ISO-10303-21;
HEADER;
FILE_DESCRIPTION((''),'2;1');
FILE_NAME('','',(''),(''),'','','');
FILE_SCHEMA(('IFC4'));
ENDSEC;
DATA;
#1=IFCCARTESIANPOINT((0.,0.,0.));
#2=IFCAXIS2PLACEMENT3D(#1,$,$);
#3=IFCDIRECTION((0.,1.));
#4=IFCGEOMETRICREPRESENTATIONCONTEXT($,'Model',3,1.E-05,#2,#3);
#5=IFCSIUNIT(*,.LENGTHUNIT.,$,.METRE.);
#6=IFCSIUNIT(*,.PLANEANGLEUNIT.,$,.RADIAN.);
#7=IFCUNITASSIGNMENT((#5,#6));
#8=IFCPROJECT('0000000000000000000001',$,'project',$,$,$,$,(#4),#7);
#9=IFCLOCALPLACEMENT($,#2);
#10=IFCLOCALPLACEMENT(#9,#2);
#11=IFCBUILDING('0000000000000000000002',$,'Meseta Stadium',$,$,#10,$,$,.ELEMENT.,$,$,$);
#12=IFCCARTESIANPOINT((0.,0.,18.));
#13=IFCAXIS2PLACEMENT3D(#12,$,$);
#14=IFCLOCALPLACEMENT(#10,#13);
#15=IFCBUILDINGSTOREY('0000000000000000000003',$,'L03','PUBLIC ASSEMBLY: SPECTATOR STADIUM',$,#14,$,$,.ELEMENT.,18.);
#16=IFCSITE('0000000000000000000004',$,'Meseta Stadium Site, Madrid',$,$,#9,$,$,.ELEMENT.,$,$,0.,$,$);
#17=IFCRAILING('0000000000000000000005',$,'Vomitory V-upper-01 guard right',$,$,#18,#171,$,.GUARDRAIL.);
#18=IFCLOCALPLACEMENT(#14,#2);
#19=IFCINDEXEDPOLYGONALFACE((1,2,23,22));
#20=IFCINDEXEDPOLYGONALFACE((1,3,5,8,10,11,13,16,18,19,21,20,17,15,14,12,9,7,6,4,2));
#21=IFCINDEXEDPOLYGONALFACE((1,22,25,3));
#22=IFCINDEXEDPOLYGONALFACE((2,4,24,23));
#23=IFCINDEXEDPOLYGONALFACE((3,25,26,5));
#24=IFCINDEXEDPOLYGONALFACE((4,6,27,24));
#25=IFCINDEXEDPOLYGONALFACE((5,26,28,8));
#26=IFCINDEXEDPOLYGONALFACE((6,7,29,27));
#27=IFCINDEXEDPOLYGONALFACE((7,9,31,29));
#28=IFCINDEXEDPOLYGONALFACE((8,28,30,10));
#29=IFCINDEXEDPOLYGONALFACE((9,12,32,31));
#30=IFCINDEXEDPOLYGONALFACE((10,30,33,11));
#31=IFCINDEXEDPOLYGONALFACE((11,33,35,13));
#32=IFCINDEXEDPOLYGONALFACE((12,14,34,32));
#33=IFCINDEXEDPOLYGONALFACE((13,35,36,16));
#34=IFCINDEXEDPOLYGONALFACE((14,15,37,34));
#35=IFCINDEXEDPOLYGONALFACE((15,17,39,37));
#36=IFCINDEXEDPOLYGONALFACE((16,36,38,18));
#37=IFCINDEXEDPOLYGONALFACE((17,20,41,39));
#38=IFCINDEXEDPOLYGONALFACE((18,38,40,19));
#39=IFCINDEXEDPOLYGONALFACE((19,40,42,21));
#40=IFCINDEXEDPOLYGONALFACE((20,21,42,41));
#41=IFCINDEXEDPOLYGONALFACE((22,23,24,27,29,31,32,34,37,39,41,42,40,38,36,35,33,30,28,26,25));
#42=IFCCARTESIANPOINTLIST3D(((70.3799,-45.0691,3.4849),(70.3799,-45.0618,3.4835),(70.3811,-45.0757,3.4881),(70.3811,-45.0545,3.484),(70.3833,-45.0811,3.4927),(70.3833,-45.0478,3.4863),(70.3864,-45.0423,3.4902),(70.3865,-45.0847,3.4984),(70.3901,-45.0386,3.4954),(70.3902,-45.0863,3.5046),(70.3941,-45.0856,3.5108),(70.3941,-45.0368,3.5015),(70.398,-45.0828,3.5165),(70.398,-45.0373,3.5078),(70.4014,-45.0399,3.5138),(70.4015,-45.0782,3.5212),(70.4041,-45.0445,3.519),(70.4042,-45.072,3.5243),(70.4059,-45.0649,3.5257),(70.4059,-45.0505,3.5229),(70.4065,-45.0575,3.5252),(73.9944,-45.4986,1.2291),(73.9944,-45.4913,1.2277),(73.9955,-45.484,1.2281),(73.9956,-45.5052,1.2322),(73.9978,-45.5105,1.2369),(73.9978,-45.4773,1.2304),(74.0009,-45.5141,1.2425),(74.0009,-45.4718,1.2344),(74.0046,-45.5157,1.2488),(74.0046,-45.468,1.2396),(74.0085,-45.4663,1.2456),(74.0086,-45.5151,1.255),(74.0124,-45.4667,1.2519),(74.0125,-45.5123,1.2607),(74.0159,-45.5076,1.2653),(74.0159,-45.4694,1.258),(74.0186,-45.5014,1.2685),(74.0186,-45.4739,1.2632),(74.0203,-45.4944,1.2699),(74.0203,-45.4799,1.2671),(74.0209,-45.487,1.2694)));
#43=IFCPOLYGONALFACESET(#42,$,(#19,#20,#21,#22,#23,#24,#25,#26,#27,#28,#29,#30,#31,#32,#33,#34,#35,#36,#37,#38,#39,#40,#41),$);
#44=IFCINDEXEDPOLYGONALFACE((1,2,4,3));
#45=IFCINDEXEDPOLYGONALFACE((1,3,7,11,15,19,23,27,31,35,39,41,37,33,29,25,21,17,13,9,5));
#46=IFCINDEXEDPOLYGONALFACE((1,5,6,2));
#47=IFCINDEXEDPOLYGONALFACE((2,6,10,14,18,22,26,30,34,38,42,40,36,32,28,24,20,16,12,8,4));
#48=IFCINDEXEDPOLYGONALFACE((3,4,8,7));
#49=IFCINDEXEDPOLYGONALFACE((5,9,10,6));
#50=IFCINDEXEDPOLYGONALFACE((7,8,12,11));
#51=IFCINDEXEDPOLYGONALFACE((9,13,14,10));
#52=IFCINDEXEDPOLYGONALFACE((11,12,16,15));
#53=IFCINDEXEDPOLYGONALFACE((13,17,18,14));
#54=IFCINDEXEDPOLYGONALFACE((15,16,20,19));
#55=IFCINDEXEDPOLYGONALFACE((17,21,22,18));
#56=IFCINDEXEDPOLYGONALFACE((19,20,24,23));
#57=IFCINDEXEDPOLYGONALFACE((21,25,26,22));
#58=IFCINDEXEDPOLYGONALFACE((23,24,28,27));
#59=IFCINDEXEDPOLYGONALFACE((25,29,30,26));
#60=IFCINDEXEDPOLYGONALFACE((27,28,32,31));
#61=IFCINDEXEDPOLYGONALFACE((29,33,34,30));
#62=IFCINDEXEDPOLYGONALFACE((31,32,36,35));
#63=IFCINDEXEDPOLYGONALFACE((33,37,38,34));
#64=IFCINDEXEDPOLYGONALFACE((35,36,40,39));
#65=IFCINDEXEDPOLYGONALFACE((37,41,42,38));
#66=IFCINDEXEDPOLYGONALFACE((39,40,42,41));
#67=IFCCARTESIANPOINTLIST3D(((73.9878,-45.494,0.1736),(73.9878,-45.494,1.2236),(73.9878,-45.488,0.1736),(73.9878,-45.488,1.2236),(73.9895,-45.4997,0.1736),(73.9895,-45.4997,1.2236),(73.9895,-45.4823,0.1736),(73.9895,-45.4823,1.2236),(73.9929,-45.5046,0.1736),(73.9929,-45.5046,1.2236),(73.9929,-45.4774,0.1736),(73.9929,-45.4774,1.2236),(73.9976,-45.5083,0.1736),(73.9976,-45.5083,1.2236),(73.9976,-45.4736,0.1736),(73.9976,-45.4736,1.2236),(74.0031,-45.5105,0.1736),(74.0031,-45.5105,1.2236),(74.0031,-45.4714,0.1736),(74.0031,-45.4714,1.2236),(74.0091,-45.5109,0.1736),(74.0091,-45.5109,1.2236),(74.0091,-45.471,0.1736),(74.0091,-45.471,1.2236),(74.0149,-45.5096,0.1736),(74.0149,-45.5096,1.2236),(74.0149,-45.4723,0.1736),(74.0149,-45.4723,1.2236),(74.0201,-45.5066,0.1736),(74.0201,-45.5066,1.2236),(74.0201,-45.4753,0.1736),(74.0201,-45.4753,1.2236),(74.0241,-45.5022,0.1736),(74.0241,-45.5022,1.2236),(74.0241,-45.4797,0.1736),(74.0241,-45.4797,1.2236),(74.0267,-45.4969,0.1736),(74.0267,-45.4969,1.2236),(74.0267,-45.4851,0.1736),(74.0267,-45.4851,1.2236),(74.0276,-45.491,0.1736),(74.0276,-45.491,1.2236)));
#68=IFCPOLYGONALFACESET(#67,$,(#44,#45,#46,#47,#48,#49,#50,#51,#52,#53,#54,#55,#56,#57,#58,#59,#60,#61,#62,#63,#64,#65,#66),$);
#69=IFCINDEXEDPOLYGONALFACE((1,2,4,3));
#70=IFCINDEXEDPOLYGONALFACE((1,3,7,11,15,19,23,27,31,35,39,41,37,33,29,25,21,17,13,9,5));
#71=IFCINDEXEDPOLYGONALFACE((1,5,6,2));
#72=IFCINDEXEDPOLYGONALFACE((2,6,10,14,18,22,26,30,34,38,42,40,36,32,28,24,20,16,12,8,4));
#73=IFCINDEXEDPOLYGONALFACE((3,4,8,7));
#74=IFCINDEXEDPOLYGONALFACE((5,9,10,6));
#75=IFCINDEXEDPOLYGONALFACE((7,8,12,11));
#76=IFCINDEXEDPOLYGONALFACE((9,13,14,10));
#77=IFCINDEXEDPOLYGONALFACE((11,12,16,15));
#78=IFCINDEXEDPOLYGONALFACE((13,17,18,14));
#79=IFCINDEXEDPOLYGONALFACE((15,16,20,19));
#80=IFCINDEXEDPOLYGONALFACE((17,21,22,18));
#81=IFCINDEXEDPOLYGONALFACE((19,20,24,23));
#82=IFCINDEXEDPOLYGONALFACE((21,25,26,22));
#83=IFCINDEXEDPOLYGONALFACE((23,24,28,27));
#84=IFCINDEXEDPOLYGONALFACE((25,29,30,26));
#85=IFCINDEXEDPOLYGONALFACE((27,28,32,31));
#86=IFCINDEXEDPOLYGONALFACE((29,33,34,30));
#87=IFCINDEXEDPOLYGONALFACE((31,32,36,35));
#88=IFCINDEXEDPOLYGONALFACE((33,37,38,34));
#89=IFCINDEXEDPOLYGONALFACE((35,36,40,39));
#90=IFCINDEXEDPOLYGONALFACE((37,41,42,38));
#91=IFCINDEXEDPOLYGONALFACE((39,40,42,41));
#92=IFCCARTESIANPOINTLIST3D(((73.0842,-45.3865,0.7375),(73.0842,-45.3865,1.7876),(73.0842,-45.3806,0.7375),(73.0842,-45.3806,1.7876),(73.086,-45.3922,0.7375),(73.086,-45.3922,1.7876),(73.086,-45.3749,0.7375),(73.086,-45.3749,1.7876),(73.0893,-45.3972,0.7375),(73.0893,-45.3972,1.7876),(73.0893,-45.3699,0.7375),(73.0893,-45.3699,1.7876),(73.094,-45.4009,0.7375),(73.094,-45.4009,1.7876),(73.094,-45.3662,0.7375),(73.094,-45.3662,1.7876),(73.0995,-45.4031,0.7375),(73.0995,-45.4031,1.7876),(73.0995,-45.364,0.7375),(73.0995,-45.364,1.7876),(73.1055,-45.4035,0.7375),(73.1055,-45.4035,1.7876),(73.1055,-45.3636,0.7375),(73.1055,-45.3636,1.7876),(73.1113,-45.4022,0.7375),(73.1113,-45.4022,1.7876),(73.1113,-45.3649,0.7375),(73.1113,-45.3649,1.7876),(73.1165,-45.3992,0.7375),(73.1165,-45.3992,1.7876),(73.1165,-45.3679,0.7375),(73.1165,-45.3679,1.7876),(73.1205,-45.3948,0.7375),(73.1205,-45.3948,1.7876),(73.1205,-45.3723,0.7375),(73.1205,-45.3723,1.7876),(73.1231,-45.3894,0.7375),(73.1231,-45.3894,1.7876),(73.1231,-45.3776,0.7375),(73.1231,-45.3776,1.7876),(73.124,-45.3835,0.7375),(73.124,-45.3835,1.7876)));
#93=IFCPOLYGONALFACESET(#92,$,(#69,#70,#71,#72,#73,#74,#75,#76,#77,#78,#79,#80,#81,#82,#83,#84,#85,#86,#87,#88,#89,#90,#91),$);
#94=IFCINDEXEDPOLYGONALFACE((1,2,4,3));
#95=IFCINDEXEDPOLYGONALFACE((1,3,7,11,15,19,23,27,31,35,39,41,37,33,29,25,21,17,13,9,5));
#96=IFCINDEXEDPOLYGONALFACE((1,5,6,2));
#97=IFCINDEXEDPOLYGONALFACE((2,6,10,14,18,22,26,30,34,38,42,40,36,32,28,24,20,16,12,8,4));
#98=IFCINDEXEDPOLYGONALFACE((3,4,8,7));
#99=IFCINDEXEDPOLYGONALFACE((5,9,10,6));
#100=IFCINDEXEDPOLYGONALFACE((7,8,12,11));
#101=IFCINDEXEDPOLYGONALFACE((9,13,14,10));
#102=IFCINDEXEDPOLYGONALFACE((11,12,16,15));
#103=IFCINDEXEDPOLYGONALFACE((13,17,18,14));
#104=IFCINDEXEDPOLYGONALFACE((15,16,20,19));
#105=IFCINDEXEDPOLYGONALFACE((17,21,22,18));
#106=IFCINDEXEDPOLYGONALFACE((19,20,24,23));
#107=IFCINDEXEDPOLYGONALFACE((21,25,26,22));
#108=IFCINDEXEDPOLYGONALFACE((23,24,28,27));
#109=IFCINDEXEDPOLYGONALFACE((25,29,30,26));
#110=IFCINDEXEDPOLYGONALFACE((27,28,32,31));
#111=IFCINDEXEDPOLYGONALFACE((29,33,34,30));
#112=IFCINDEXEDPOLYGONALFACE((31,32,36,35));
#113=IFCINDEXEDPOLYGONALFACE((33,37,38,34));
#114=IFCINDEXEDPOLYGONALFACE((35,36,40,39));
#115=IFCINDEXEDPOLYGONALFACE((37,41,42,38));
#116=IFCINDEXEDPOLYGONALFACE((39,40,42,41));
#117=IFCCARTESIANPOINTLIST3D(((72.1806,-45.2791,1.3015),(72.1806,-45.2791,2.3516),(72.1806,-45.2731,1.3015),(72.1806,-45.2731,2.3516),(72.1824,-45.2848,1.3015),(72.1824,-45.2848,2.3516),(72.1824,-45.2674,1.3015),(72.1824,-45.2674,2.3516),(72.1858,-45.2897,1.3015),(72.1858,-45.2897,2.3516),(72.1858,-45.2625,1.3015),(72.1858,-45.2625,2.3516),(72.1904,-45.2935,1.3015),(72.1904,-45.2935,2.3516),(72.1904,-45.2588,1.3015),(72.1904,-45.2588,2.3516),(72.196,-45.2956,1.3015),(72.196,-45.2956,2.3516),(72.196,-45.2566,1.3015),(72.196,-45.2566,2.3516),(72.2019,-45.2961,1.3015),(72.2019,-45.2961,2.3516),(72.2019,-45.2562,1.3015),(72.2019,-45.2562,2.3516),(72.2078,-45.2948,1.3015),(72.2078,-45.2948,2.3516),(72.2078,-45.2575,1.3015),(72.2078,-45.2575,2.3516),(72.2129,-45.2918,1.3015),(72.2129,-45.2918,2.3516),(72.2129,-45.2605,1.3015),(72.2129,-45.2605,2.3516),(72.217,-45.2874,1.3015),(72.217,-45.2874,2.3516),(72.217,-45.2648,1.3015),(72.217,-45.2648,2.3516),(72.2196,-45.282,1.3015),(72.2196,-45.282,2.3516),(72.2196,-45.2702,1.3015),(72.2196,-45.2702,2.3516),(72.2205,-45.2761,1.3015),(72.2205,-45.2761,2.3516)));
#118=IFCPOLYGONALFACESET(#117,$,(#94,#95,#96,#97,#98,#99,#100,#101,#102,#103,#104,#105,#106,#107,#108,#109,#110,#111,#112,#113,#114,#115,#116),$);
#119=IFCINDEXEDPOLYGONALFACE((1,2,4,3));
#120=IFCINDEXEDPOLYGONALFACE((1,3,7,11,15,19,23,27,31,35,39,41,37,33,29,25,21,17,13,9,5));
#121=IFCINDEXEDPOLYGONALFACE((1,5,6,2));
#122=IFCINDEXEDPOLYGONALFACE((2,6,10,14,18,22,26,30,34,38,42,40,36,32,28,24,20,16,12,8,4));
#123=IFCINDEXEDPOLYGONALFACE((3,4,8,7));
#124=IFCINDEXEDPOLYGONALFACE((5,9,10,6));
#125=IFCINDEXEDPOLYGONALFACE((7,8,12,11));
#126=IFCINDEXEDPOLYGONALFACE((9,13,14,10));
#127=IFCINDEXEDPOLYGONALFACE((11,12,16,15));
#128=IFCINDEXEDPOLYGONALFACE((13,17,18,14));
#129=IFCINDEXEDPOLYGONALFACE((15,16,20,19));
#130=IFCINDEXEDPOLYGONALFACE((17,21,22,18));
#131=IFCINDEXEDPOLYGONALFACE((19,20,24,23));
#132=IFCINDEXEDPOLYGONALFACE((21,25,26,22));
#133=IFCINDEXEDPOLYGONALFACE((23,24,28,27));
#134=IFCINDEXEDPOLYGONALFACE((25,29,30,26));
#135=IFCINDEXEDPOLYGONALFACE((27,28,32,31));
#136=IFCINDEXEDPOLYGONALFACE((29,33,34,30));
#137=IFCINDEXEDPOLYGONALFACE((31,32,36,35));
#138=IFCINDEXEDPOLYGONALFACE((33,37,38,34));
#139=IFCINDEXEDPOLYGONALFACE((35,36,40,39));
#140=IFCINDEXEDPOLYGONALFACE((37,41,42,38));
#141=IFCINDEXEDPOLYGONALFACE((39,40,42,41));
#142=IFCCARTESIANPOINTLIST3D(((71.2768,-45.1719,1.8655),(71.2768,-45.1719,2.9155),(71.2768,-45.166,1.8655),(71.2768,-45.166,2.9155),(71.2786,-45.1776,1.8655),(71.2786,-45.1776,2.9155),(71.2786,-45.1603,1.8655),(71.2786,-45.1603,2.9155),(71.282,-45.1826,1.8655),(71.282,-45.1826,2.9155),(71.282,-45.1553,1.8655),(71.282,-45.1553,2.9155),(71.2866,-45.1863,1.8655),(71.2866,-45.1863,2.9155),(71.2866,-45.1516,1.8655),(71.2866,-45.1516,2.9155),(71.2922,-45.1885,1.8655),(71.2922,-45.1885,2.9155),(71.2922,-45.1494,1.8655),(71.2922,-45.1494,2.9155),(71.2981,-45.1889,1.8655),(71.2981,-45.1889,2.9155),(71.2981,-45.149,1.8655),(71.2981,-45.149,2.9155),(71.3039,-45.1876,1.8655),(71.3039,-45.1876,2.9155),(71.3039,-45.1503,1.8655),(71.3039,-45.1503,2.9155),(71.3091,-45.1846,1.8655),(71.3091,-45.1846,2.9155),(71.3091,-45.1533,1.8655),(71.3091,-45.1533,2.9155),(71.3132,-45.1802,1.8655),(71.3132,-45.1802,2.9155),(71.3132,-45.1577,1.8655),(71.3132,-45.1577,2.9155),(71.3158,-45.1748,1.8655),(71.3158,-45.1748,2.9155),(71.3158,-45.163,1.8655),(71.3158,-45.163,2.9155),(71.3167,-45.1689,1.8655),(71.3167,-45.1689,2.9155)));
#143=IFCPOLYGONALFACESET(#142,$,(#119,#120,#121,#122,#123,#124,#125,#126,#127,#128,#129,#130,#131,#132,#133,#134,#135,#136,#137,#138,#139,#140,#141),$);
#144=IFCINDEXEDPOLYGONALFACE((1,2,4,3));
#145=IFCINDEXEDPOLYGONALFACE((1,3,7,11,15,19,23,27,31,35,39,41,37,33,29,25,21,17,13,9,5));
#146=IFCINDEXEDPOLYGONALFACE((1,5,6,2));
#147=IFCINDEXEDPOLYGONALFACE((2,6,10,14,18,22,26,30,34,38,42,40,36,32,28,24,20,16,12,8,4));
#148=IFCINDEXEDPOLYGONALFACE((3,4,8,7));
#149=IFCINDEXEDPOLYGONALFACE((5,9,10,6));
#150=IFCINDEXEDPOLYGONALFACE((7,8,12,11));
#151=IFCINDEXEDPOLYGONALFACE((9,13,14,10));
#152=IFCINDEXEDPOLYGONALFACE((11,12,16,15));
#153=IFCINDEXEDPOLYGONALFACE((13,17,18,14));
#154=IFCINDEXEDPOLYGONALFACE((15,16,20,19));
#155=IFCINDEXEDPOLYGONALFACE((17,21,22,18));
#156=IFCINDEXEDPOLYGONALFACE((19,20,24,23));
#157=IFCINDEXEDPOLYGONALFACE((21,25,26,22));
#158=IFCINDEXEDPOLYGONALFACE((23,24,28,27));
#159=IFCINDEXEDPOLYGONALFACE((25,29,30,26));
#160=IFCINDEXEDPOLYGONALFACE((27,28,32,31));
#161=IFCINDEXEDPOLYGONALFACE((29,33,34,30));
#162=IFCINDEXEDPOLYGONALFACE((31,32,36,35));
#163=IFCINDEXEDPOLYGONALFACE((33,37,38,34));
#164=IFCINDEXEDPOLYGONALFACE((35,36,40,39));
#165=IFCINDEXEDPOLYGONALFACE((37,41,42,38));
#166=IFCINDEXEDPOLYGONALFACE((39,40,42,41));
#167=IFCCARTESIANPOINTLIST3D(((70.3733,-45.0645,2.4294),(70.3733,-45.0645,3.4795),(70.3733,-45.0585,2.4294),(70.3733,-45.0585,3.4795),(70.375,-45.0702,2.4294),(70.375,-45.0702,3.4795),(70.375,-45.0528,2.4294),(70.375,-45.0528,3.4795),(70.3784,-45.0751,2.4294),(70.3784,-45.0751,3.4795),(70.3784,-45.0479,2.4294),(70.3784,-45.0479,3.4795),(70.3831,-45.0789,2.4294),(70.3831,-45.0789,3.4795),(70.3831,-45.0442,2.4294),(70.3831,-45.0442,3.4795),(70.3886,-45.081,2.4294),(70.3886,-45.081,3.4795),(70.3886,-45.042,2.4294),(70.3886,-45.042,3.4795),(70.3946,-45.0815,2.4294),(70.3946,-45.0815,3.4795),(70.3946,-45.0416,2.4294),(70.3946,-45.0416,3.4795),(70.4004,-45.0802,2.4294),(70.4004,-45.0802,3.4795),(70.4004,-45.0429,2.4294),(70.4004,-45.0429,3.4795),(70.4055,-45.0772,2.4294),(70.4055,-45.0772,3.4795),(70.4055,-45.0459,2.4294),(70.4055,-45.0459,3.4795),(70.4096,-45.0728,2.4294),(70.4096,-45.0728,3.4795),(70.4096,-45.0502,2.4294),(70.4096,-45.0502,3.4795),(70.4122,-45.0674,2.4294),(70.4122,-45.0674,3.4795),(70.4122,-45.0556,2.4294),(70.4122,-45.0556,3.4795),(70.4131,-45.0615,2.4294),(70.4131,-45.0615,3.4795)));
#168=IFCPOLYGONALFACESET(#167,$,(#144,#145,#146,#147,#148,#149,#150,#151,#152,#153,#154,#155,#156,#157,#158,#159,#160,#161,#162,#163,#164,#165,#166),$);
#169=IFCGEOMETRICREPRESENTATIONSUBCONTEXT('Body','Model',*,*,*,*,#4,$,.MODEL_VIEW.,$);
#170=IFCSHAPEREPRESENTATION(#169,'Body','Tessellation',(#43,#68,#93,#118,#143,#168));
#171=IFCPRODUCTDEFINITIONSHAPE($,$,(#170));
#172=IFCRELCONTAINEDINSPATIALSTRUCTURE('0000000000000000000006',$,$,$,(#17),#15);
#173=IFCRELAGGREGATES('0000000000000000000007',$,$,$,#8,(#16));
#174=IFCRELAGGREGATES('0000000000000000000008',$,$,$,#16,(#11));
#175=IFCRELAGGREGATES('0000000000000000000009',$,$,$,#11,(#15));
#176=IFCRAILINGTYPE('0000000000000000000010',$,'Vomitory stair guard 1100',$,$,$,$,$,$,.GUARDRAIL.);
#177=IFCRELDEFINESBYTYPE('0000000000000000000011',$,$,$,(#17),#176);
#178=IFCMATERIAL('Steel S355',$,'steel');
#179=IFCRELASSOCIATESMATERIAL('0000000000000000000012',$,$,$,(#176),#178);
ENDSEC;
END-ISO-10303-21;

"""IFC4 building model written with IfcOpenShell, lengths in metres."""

from ifc_helpers import new_model, si_unit, direction, frame, origin, origin_2d, place, context, subcontext, project, spatial, circle, extrude, material, type_object, element, save


model = new_model("IFC4")

# Units and contexts
model_context = context("Model", 3, precision=1e-05, world=origin(), true_north=direction((0.0, 1.0)))
body_context = subcontext(model_context, "Body", "Model", "MODEL_VIEW")
ifc_project = project(units=[si_unit("LENGTHUNIT", "METRE"), si_unit("PLANEANGLEUNIT", "RADIAN")], contexts=[model_context])

# Site, building, storey
site_placement = place(None, origin())
site = spatial("IfcSite", under=ifc_project, at=site_placement, Name="Meseta Stadium Site, Madrid", CompositionType="ELEMENT", RefElevation=0.0)
building_placement = place(site_placement, origin())
building = spatial("IfcBuilding", under=site, at=building_placement, Name="Meseta Stadium", CompositionType="ELEMENT")
storey_placement = place(building_placement, frame((0.0, 0.0, 18.0)))
storey = spatial("IfcBuildingStorey", under=building, at=storey_placement, Name="L03", Description="PUBLIC ASSEMBLY: SPECTATOR STADIUM", CompositionType="ELEMENT", Elevation=18.0)

# Railing
ifc_material_1 = material(Name="Steel S355", Category="steel")
railing_type_1 = type_object("IfcRailingType", Name="Vomitory stair guard 1100", PredefinedType="GUARDRAIL", material=ifc_material_1)
railing_1_placement = place(storey_placement, frame((74.0076, -45.491, 0.1736)))
element("IfcRailing", 1, at=railing_1_placement, inside=storey, type_object=railing_type_1, Name="Vomitory V-upper-01 guard right", PredefinedType="GUARDRAIL", context=body_context, shape_type="SweptSolid", body=[
    extrude(circle(Radius=0.0249, at=origin_2d()), frame((0.0, 0.0, 1.0752), z_axis=(-0.84406, 0.100284, 0.526789), x_axis=(-0.117981, -0.993016, 0.0)), (0.0, 0.0, 1.0), 4.2822),
    extrude(circle(Radius=0.02, at=origin_2d()), origin(), (0.0, 0.0, 1.0), 1.05),
    extrude(circle(Radius=0.02, at=origin_2d()), frame((-0.9036, 0.1074, 0.564)), (0.0, 0.0, 1.0), 1.05),
    extrude(circle(Radius=0.02, at=origin_2d()), frame((-1.8071, 0.2148, 1.1279)), (0.0, 0.0, 1.0), 1.05),
    extrude(circle(Radius=0.02, at=origin_2d()), frame((-2.7109, 0.322, 1.6919)), (0.0, 0.0, 1.0), 1.05),
    extrude(circle(Radius=0.02, at=origin_2d()), frame((-3.6145, 0.4294, 2.2559)), (0.0, 0.0, 1.0), 1.05),
])

save(model, "model.ifc")
